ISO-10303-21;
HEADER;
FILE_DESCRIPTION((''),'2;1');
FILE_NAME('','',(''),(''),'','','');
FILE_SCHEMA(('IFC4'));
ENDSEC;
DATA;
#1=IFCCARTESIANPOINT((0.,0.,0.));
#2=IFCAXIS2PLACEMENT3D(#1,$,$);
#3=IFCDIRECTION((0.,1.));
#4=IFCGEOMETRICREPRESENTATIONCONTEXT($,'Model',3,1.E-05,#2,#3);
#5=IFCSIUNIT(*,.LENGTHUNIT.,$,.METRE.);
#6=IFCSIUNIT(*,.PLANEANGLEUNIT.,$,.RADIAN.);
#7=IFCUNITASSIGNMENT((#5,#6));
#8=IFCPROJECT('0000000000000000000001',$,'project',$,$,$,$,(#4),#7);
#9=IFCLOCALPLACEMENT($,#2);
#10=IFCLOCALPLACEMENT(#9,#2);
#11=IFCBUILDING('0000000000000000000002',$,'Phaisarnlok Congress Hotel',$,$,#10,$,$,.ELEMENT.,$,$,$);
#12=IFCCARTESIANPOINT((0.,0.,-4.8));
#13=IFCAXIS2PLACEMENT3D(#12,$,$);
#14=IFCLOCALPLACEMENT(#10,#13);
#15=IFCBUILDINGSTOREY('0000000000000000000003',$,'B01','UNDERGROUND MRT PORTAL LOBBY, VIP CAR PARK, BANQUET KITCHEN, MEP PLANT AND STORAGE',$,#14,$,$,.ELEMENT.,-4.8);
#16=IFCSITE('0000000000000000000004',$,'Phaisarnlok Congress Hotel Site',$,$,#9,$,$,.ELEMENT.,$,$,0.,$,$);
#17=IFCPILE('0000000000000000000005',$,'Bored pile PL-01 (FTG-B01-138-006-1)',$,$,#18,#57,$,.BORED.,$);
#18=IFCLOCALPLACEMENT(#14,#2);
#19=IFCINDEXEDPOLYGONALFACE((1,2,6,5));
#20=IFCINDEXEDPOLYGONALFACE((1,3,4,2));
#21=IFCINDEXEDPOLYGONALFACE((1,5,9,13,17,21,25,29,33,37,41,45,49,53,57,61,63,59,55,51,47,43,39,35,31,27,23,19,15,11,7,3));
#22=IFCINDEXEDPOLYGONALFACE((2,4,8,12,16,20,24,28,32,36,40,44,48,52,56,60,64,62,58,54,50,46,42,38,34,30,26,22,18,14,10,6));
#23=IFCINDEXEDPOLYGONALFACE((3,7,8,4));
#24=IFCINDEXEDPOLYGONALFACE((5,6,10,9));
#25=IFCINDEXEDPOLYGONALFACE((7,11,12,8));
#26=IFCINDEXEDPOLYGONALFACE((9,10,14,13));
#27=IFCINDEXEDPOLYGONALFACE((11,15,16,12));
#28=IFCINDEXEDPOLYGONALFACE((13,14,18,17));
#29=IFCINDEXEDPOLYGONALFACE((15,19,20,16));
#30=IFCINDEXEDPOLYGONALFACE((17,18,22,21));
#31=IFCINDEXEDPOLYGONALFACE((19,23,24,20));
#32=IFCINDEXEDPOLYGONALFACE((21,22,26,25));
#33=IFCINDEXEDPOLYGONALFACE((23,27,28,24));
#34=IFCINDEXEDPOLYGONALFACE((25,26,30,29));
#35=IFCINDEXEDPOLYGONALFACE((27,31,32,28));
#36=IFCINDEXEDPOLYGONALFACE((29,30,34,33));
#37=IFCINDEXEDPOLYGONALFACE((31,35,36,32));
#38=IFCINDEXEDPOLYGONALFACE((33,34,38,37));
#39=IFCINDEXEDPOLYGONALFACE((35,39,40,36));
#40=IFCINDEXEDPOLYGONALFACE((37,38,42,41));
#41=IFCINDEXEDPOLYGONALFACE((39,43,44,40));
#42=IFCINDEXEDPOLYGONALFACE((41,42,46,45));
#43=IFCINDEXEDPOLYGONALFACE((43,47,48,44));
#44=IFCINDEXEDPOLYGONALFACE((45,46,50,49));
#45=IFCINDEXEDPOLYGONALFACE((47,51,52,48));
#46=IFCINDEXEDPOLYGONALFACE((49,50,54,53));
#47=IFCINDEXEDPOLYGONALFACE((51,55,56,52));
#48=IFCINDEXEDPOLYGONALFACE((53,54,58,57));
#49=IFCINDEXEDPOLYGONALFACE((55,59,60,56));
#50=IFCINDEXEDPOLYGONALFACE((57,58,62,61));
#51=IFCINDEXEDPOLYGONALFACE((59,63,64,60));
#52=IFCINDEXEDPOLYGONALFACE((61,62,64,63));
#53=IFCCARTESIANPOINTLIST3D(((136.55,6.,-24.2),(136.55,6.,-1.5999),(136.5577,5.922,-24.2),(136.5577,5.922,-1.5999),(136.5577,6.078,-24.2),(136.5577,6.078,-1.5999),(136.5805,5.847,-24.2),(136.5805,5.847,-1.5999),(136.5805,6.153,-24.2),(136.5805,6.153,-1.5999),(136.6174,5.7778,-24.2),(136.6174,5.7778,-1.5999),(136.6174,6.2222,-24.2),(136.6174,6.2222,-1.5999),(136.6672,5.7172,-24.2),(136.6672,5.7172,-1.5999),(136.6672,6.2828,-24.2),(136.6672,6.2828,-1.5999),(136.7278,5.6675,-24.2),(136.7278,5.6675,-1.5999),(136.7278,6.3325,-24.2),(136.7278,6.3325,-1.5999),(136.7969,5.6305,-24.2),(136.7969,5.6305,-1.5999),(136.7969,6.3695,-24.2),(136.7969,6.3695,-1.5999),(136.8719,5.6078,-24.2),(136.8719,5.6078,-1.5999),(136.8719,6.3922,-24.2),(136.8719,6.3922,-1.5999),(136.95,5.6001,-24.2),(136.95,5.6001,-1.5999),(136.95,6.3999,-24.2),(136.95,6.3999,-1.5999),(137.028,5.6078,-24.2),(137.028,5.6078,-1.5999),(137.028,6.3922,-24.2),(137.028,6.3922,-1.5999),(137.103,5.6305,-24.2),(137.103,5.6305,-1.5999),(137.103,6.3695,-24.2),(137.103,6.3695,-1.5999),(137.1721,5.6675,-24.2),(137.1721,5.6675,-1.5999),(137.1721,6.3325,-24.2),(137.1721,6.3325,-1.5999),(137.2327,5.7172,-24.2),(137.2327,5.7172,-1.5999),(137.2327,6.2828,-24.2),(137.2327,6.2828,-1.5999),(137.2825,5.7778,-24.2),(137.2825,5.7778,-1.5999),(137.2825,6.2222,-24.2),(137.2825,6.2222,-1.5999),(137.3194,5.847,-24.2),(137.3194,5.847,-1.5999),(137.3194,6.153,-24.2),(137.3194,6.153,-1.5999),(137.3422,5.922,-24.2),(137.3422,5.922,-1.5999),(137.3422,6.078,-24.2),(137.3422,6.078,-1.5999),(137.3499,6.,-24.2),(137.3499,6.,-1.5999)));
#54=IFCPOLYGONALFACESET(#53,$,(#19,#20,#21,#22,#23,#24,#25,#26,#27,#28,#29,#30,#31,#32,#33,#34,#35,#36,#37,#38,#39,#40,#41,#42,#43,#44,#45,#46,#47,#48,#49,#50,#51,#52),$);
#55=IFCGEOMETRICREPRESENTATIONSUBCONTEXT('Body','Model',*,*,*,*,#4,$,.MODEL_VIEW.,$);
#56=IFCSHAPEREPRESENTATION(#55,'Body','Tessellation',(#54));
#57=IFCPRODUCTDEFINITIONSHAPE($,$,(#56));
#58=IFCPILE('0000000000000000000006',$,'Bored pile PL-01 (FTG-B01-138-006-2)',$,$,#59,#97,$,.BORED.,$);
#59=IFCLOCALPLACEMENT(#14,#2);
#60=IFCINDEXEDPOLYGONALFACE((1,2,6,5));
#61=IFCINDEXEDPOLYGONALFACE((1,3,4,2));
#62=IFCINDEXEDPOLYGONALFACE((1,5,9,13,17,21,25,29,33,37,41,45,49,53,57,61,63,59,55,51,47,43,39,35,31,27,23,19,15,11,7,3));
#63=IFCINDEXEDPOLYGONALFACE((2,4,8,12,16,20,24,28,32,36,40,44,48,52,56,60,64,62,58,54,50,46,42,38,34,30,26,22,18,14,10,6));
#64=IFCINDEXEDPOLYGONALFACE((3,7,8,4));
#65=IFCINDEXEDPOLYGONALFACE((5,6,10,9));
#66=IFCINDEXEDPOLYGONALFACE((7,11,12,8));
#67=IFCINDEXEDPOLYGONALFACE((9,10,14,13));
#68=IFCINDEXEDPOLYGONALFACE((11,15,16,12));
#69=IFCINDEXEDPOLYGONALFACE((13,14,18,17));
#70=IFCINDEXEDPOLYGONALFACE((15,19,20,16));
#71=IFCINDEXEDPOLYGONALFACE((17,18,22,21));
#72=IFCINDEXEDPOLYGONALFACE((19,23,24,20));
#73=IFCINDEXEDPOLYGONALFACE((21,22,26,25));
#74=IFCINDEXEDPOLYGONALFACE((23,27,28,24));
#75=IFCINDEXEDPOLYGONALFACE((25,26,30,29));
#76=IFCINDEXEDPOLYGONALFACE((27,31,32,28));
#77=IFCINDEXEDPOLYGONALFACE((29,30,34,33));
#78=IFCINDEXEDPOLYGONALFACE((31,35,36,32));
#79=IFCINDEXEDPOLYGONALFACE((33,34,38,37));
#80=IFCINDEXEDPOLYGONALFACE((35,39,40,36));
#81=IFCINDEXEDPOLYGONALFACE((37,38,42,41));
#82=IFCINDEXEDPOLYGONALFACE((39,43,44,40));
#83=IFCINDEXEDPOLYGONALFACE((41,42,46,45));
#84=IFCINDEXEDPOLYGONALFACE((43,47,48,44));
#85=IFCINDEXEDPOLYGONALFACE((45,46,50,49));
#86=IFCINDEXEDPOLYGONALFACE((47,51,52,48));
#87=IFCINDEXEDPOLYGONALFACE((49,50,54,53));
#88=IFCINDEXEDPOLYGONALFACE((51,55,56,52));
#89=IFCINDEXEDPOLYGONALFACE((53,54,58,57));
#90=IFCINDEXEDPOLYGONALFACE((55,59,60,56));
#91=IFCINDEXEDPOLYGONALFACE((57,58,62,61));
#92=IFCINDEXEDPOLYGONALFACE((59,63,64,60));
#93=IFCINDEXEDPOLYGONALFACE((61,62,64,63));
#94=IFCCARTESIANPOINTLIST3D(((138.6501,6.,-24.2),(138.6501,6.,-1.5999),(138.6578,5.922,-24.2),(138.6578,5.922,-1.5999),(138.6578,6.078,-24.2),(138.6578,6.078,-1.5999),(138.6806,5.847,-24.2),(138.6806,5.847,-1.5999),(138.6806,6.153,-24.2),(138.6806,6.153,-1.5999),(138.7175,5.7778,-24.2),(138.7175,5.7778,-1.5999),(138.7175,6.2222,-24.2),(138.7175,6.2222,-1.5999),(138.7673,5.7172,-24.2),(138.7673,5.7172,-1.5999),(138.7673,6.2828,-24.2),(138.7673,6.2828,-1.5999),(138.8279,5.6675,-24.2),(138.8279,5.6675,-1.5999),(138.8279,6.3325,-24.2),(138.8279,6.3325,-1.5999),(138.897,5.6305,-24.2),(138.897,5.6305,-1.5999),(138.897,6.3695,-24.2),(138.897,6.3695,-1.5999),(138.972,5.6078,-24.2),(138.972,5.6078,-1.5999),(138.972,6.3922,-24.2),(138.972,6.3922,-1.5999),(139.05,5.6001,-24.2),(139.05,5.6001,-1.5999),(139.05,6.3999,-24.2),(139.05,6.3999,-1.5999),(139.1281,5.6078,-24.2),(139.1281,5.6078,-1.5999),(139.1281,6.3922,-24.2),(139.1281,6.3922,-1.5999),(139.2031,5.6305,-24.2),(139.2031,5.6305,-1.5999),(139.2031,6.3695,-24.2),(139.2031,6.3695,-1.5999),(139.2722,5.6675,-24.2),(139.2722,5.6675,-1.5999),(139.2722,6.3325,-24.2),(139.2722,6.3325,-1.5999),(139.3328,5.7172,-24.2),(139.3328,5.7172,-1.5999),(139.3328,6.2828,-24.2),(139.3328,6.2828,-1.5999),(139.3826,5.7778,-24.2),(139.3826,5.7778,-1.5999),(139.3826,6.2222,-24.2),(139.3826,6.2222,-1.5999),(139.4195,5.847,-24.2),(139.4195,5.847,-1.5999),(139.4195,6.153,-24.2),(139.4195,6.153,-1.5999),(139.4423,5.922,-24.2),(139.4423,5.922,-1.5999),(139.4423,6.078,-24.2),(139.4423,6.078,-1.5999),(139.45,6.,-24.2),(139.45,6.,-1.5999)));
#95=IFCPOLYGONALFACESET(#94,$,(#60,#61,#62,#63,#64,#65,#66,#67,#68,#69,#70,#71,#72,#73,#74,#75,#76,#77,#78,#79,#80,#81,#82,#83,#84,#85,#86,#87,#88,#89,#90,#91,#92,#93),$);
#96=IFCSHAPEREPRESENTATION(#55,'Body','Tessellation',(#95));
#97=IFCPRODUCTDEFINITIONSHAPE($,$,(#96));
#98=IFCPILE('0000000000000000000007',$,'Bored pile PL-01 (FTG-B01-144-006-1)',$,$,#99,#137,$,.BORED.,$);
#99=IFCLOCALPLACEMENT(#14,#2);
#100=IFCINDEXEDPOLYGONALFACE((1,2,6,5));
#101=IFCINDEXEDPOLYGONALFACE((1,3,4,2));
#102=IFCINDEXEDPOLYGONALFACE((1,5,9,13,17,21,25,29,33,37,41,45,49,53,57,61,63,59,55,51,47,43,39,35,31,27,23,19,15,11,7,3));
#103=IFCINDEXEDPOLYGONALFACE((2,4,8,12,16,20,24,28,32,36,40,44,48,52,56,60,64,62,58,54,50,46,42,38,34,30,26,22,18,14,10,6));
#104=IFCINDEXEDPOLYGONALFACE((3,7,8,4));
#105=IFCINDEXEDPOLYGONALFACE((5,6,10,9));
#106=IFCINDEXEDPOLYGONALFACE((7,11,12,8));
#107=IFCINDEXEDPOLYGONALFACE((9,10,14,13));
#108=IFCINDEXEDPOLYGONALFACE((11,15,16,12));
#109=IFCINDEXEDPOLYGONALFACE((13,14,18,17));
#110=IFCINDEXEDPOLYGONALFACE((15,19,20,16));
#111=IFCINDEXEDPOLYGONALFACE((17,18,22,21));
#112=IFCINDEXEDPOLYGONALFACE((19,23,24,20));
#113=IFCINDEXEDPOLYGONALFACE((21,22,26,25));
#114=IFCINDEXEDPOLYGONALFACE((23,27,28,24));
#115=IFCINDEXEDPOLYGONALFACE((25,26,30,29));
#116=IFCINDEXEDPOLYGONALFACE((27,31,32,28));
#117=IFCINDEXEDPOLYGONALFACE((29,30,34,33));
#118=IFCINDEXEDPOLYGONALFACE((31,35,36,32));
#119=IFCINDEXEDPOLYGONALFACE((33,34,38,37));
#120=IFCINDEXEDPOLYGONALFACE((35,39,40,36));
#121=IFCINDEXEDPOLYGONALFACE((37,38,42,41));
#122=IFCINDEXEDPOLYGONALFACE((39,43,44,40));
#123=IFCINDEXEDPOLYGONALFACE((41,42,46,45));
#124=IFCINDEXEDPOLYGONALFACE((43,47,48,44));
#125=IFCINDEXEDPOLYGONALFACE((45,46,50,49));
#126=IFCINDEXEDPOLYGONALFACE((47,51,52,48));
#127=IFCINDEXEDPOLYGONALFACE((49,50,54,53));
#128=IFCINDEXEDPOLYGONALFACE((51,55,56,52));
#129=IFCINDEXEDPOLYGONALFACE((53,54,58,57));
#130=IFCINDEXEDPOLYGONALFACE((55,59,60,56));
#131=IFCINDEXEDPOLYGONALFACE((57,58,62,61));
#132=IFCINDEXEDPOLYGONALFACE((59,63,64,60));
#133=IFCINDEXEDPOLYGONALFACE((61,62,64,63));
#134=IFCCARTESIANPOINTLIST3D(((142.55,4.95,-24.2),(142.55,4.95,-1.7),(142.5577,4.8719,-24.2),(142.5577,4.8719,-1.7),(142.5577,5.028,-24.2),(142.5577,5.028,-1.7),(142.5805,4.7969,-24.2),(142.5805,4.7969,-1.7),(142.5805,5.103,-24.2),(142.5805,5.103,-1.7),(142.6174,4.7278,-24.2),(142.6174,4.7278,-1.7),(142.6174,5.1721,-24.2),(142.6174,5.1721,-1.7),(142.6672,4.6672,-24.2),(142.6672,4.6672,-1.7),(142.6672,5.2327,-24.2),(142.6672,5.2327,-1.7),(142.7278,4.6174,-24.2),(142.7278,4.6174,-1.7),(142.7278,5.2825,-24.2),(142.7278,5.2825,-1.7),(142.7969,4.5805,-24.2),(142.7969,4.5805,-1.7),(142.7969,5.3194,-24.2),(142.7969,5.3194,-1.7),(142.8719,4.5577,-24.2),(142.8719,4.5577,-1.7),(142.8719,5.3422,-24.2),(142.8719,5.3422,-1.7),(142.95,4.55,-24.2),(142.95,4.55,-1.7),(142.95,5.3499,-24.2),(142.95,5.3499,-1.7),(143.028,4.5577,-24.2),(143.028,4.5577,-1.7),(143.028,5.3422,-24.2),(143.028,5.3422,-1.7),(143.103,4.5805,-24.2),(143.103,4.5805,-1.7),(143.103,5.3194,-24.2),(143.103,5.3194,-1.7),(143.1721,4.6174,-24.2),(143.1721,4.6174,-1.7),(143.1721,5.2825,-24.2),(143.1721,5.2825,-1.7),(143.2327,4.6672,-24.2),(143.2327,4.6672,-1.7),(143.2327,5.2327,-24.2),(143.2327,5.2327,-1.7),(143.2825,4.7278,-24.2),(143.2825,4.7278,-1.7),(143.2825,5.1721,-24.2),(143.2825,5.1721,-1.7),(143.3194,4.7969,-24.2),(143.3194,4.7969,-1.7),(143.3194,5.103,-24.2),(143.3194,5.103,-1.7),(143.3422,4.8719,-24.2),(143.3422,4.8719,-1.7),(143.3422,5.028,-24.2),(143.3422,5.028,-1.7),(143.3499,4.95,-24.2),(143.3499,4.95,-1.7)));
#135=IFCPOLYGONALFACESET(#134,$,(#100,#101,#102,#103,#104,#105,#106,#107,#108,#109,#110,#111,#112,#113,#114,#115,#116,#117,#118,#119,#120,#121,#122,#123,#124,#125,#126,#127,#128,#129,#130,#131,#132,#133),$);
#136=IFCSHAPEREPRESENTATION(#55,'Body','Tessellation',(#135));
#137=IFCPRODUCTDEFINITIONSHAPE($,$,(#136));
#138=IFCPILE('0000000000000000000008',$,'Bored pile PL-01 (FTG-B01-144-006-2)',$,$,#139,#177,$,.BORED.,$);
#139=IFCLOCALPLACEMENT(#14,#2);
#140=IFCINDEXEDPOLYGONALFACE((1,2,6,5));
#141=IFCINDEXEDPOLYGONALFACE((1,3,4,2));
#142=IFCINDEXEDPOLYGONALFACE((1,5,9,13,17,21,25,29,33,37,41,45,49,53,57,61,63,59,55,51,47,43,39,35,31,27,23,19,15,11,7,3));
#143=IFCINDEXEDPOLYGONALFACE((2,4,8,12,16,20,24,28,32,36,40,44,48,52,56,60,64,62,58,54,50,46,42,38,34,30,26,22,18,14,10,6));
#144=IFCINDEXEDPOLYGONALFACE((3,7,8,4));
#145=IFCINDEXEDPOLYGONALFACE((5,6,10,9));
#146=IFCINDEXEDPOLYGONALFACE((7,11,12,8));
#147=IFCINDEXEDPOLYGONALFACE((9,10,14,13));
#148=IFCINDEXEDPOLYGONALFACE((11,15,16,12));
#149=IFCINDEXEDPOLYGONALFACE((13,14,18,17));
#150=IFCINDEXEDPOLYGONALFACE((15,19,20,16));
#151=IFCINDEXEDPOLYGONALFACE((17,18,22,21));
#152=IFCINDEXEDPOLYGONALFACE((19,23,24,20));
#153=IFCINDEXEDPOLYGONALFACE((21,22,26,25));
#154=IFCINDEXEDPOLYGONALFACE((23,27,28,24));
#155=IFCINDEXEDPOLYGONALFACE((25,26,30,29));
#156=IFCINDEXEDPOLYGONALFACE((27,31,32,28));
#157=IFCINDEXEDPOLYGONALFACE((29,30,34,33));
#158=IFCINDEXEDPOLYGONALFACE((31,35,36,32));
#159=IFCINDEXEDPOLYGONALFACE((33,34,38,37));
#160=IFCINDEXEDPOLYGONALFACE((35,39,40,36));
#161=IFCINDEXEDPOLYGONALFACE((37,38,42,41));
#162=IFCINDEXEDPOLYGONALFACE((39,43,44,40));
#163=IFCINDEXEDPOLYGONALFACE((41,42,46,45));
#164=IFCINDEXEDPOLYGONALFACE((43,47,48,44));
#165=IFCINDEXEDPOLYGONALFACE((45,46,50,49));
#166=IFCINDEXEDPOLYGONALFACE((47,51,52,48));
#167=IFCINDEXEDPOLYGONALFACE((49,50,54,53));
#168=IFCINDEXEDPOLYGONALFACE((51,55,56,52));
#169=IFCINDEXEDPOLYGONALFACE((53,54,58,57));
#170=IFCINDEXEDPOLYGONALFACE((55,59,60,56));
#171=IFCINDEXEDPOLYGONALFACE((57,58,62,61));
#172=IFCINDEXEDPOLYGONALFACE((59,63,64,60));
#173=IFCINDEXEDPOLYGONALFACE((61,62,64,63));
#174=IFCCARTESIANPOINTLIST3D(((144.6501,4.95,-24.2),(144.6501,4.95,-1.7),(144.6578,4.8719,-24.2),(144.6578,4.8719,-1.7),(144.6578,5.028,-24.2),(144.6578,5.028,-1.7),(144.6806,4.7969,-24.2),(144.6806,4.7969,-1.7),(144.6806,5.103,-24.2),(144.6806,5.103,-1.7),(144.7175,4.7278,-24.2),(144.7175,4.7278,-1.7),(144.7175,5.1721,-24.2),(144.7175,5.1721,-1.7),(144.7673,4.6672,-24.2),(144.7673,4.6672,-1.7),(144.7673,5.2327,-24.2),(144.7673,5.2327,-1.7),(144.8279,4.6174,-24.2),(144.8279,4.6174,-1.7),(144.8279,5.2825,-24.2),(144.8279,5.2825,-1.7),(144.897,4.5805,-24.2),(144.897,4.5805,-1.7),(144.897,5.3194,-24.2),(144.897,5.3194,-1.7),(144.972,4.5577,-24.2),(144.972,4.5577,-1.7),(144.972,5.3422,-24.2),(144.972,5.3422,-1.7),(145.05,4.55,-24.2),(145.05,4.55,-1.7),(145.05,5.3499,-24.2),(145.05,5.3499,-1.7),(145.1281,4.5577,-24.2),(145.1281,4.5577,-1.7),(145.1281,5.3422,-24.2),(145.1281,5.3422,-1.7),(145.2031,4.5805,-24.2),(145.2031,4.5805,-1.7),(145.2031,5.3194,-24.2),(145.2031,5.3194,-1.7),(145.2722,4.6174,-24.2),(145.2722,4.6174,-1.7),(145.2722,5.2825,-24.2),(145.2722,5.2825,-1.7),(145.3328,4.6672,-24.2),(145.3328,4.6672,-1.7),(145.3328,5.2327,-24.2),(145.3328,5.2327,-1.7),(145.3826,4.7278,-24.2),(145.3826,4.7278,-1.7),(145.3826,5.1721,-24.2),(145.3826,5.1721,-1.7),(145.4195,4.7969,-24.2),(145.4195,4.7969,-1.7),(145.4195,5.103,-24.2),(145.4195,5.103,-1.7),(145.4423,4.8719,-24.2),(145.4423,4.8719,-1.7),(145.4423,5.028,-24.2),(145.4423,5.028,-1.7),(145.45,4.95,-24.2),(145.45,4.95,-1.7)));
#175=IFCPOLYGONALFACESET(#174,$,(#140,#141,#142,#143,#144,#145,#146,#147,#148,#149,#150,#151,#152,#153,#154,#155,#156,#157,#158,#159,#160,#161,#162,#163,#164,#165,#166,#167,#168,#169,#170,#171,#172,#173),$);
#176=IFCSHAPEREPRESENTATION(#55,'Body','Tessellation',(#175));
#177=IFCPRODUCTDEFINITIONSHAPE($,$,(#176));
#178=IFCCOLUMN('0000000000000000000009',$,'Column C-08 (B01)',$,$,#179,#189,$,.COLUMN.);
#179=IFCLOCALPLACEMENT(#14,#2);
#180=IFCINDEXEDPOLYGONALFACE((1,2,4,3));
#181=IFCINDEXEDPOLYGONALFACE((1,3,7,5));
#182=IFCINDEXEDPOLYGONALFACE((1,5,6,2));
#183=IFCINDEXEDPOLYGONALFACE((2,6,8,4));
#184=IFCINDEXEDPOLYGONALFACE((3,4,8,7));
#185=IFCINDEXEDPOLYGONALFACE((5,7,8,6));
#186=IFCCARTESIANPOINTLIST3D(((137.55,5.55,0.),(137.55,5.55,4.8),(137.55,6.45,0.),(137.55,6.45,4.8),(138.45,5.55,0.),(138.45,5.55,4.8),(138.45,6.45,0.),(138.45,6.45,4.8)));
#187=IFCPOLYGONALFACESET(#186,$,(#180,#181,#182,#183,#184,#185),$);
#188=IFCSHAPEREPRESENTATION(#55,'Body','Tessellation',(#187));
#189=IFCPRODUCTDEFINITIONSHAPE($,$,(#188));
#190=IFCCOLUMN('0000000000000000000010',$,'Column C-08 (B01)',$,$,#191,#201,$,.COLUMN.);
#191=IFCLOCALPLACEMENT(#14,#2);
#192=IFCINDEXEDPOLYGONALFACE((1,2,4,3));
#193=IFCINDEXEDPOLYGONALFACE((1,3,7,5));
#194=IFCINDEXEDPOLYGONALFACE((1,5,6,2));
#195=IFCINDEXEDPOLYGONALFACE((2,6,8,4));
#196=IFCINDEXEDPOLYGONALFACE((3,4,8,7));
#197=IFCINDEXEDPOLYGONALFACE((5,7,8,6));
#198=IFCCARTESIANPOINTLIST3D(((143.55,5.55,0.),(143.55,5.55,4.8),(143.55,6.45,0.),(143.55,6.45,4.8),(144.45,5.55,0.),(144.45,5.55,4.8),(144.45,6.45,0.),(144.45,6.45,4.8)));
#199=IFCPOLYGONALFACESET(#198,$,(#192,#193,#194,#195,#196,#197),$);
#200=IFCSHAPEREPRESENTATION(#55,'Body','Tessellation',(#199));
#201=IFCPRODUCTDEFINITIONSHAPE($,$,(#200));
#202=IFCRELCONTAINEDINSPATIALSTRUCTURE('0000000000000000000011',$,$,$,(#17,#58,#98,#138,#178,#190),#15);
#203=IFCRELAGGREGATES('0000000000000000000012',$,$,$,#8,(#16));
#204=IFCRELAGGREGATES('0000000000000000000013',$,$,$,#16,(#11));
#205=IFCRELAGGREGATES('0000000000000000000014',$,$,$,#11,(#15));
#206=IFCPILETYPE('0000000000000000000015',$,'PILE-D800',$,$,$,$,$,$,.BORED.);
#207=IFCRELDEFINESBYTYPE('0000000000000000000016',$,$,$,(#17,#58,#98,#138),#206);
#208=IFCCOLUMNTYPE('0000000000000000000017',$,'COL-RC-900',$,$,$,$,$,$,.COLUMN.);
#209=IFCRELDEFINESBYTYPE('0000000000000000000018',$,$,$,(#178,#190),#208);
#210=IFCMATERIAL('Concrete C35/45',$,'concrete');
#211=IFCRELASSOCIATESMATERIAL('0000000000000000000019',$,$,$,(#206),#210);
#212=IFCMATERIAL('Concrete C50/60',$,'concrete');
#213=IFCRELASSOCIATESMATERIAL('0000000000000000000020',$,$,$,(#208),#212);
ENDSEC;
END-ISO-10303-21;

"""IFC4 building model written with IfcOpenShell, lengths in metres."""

from ifc_helpers import new_model, si_unit, direction, frame, origin, origin_2d, place, context, subcontext, project, spatial, rectangle, circle, extrude, material, material_profile, profile_set, type_object, element, save


model = new_model("IFC4")

# Units and contexts
model_context = context("Model", 3, precision=1e-05, world=origin(), true_north=direction((0.0, 1.0)))
body_context = subcontext(model_context, "Body", "Model", "MODEL_VIEW")
ifc_project = project(units=[si_unit("LENGTHUNIT", "METRE"), si_unit("PLANEANGLEUNIT", "RADIAN")], contexts=[model_context])

# Site, building, storey
site_placement = place(None, origin())
site = spatial("IfcSite", under=ifc_project, at=site_placement, Name="Phaisarnlok Congress Hotel Site", CompositionType="ELEMENT", RefElevation=0.0)
building_placement = place(site_placement, origin())
building = spatial("IfcBuilding", under=site, at=building_placement, Name="Phaisarnlok Congress Hotel", CompositionType="ELEMENT")
storey_placement = place(building_placement, frame((0.0, 0.0, -4.8)))
storey = spatial("IfcBuildingStorey", under=building, at=storey_placement, Name="B01", Description="UNDERGROUND MRT PORTAL LOBBY, VIP CAR PARK, BANQUET KITCHEN, MEP PLANT AND STORAGE", CompositionType="ELEMENT", Elevation=-4.8)

# Piles
ifc_material_1 = material(Name="Concrete C35/45", Category="concrete")
ifc_material_profile_1 = material_profile(ifc_material_1, circle(Radius=0.3999, at=origin_2d()), Name="BORED PILE D800")
ifc_profile_set_1 = profile_set([ifc_material_profile_1], Name="Concrete C35/45")
pile_type_1 = type_object("IfcPileType", Name="PILE-D800", PredefinedType="BORED", material=ifc_profile_set_1)
for number, where, z_axis, x_axis, name in (
    (1, (136.95, 6.0, -1.5999), (0.0, 0.0, -1.0), (1.0, 0.0, 0.0), "Bored pile PL-01 (FTG-B01-138-006-1)"),
    (2, (139.05, 6.0, -1.5999), (0.0, 0.0, -1.0), (1.0, 0.0, 0.0), "Bored pile PL-01 (FTG-B01-138-006-2)"),
):
    element("IfcPile", number, at=place(storey_placement, frame(where, z_axis=z_axis, x_axis=x_axis)), inside=storey, type_object=pile_type_1, Name=name, PredefinedType="BORED", context=body_context, shape_type="SweptSolid", body=[
        extrude(circle(Radius=0.3999, at=origin_2d()), origin(), (0.0, 0.0, 1.0), 22.6001),
    ])
for number, where, z_axis, x_axis, name in (
    (3, (142.95, 4.95, -1.7), (0.0, 0.0, -1.0), (1.0, 0.0, 0.0), "Bored pile PL-01 (FTG-B01-144-006-1)"),
    (4, (145.05, 4.95, -1.7), (0.0, 0.0, -1.0), (1.0, 0.0, 0.0), "Bored pile PL-01 (FTG-B01-144-006-2)"),
):
    element("IfcPile", number, at=place(storey_placement, frame(where, z_axis=z_axis, x_axis=x_axis)), inside=storey, type_object=pile_type_1, Name=name, PredefinedType="BORED", context=body_context, shape_type="SweptSolid", body=[
        extrude(circle(Radius=0.3999, at=origin_2d()), origin(), (0.0, 0.0, 1.0), 22.5),
    ])

# Columns
ifc_material_2 = material(Name="Concrete C50/60", Category="concrete")
ifc_material_profile_2 = material_profile(ifc_material_2, rectangle(XDim=0.8999, YDim=0.8999, at=origin_2d()), Name="RC 900x900")
ifc_profile_set_2 = profile_set([ifc_material_profile_2], Name="Concrete C50/60")
column_type_1 = type_object("IfcColumnType", Name="COL-RC-900", PredefinedType="COLUMN", material=ifc_profile_set_2)
for number, where, z_axis, x_axis, name in (
    (5, (138.0, 6.0, 0.0), (0.0, 0.0, 1.0), (1.0, 0.0, 0.0), "Column C-08 (B01)"),
    (6, (144.0, 6.0, 0.0), (0.0, 0.0, 1.0), (1.0, 0.0, 0.0), "Column C-08 (B01)"),
):
    element("IfcColumn", number, at=place(storey_placement, frame(where, z_axis=z_axis, x_axis=x_axis)), inside=storey, type_object=column_type_1, Name=name, PredefinedType="COLUMN", context=body_context, shape_type="SweptSolid", body=[
        extrude(rectangle(XDim=0.8999, YDim=0.8999, at=origin_2d()), origin(), (0.0, 0.0, 1.0), 4.8),
    ])

save(model, "model.ifc")
